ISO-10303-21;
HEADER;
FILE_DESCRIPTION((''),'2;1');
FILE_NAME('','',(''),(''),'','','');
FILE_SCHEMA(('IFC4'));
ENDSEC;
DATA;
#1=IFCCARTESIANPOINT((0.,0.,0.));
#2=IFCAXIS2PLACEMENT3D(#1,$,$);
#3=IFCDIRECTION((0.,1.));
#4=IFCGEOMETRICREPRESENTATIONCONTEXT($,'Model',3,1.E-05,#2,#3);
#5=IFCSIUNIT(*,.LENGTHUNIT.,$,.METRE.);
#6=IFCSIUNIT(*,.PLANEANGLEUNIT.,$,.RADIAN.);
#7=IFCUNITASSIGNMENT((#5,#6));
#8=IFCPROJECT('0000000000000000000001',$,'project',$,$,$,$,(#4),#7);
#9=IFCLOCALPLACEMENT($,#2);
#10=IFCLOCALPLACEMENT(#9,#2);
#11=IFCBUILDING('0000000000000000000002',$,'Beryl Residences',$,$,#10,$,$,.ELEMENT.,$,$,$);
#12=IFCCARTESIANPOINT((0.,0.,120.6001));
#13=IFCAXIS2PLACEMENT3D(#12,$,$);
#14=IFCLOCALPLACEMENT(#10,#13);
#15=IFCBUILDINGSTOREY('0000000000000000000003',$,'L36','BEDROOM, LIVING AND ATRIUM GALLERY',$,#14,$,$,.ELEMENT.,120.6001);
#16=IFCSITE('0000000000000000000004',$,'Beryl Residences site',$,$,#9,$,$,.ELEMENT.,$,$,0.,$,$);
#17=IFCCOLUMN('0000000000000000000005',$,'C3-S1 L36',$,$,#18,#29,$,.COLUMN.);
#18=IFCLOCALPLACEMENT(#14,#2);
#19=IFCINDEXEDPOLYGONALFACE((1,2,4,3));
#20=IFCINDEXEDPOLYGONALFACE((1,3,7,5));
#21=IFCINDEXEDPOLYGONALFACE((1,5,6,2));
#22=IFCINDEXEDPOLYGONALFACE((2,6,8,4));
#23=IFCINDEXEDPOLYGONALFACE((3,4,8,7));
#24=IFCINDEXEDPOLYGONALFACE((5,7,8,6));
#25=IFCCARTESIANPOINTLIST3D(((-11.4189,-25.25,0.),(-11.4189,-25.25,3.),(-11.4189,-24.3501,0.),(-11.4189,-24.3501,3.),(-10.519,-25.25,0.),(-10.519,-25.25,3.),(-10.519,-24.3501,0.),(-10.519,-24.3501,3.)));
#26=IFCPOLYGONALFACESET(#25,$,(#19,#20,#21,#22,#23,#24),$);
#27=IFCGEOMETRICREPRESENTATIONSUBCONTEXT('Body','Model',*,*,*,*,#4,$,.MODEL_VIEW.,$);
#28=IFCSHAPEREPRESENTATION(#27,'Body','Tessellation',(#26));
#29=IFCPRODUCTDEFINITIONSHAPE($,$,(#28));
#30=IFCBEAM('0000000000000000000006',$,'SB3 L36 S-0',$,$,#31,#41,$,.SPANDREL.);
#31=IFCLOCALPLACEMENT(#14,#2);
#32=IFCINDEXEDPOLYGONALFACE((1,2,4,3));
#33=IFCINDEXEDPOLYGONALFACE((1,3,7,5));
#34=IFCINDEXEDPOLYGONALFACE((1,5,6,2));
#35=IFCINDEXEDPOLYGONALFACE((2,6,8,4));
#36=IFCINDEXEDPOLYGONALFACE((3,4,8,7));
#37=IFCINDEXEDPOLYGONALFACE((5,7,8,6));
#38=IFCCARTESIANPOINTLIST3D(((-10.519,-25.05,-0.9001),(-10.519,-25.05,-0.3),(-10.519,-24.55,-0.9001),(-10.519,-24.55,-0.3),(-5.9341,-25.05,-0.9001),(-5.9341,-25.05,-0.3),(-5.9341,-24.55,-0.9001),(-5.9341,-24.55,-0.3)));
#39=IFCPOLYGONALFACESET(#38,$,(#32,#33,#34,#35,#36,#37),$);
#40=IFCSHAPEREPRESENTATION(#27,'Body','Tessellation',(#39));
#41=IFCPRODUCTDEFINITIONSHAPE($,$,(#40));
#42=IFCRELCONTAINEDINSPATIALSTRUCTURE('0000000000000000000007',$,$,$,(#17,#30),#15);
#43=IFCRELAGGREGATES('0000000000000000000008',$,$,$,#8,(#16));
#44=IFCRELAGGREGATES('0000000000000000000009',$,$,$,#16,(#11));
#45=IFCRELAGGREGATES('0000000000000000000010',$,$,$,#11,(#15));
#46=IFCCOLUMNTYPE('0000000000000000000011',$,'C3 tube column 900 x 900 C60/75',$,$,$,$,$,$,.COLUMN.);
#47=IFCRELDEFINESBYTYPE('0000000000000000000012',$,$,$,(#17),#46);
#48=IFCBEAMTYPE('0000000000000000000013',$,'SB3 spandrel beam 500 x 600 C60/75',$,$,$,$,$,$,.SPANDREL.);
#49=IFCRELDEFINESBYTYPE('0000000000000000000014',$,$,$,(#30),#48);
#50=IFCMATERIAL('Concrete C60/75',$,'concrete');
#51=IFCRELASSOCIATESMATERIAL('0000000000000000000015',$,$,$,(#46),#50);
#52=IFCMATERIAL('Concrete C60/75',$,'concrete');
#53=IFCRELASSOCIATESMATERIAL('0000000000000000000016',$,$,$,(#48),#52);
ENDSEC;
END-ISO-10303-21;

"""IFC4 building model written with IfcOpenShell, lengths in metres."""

from ifc_helpers import new_model, si_unit, direction, frame, origin, origin_2d, place, context, subcontext, project, spatial, rectangle, extrude, material, material_profile, profile_set, type_object, element, save


model = new_model("IFC4")

# Units and contexts
model_context = context("Model", 3, precision=1e-05, world=origin(), true_north=direction((0.0, 1.0)))
body_context = subcontext(model_context, "Body", "Model", "MODEL_VIEW")
ifc_project = project(units=[si_unit("LENGTHUNIT", "METRE"), si_unit("PLANEANGLEUNIT", "RADIAN")], contexts=[model_context])

# Site, building, storey
site_placement = place(None, origin())
site = spatial("IfcSite", under=ifc_project, at=site_placement, Name="Beryl Residences site", CompositionType="ELEMENT", RefElevation=0.0)
building_placement = place(site_placement, origin())
building = spatial("IfcBuilding", under=site, at=building_placement, Name="Beryl Residences", CompositionType="ELEMENT")
storey_placement = place(building_placement, frame((0.0, 0.0, 120.6001)))
storey = spatial("IfcBuildingStorey", under=building, at=storey_placement, Name="L36", Description="BEDROOM, LIVING AND ATRIUM GALLERY", CompositionType="ELEMENT", Elevation=120.6001)

# Column
ifc_material_1 = material(Name="Concrete C60/75", Category="concrete")
ifc_material_profile_1 = material_profile(ifc_material_1, rectangle(XDim=0.8999, YDim=0.8999, at=origin_2d()))
ifc_profile_set_1 = profile_set([ifc_material_profile_1], Name="Concrete C60/75")
column_type = type_object("IfcColumnType", Name="C3 tube column 900 x 900 C60/75", PredefinedType="COLUMN", material=ifc_profile_set_1)
column_placement = place(storey_placement, frame((-10.969, -24.8, 0.0), z_axis=(0.0, 0.0, 1.0), x_axis=(1.0, 0.0, 0.0)))
element("IfcColumn", 1, at=column_placement, inside=storey, type_object=column_type, Name="C3-S1 L36", PredefinedType="COLUMN", context=body_context, shape_type="SweptSolid", body=[
    extrude(rectangle(XDim=0.8999, YDim=0.8999, at=origin_2d()), origin(), (0.0, 0.0, 1.0), 3.0),
])

# Beam
ifc_material_2 = material(Name="Concrete C60/75", Category="concrete")
ifc_material_profile_2 = material_profile(ifc_material_2, rectangle(XDim=0.5, YDim=0.6001, at=origin_2d()))
ifc_profile_set_2 = profile_set([ifc_material_profile_2], Name="Concrete C60/75")
beam_type = type_object("IfcBeamType", Name="SB3 spandrel beam 500 x 600 C60/75", PredefinedType="SPANDREL", material=ifc_profile_set_2)
beam_placement = place(storey_placement, frame((-10.519, -24.8, -0.6001), z_axis=(1.0, 0.0, 0.0), x_axis=(0.0, 1.0, 0.0)))
element("IfcBeam", 2, at=beam_placement, inside=storey, type_object=beam_type, Name="SB3 L36 S-0", PredefinedType="SPANDREL", context=body_context, shape_type="SweptSolid", body=[
    extrude(rectangle(XDim=0.5, YDim=0.6001, at=origin_2d()), origin(), (0.0, 0.0, 1.0), 4.585),
])

save(model, "model.ifc")
